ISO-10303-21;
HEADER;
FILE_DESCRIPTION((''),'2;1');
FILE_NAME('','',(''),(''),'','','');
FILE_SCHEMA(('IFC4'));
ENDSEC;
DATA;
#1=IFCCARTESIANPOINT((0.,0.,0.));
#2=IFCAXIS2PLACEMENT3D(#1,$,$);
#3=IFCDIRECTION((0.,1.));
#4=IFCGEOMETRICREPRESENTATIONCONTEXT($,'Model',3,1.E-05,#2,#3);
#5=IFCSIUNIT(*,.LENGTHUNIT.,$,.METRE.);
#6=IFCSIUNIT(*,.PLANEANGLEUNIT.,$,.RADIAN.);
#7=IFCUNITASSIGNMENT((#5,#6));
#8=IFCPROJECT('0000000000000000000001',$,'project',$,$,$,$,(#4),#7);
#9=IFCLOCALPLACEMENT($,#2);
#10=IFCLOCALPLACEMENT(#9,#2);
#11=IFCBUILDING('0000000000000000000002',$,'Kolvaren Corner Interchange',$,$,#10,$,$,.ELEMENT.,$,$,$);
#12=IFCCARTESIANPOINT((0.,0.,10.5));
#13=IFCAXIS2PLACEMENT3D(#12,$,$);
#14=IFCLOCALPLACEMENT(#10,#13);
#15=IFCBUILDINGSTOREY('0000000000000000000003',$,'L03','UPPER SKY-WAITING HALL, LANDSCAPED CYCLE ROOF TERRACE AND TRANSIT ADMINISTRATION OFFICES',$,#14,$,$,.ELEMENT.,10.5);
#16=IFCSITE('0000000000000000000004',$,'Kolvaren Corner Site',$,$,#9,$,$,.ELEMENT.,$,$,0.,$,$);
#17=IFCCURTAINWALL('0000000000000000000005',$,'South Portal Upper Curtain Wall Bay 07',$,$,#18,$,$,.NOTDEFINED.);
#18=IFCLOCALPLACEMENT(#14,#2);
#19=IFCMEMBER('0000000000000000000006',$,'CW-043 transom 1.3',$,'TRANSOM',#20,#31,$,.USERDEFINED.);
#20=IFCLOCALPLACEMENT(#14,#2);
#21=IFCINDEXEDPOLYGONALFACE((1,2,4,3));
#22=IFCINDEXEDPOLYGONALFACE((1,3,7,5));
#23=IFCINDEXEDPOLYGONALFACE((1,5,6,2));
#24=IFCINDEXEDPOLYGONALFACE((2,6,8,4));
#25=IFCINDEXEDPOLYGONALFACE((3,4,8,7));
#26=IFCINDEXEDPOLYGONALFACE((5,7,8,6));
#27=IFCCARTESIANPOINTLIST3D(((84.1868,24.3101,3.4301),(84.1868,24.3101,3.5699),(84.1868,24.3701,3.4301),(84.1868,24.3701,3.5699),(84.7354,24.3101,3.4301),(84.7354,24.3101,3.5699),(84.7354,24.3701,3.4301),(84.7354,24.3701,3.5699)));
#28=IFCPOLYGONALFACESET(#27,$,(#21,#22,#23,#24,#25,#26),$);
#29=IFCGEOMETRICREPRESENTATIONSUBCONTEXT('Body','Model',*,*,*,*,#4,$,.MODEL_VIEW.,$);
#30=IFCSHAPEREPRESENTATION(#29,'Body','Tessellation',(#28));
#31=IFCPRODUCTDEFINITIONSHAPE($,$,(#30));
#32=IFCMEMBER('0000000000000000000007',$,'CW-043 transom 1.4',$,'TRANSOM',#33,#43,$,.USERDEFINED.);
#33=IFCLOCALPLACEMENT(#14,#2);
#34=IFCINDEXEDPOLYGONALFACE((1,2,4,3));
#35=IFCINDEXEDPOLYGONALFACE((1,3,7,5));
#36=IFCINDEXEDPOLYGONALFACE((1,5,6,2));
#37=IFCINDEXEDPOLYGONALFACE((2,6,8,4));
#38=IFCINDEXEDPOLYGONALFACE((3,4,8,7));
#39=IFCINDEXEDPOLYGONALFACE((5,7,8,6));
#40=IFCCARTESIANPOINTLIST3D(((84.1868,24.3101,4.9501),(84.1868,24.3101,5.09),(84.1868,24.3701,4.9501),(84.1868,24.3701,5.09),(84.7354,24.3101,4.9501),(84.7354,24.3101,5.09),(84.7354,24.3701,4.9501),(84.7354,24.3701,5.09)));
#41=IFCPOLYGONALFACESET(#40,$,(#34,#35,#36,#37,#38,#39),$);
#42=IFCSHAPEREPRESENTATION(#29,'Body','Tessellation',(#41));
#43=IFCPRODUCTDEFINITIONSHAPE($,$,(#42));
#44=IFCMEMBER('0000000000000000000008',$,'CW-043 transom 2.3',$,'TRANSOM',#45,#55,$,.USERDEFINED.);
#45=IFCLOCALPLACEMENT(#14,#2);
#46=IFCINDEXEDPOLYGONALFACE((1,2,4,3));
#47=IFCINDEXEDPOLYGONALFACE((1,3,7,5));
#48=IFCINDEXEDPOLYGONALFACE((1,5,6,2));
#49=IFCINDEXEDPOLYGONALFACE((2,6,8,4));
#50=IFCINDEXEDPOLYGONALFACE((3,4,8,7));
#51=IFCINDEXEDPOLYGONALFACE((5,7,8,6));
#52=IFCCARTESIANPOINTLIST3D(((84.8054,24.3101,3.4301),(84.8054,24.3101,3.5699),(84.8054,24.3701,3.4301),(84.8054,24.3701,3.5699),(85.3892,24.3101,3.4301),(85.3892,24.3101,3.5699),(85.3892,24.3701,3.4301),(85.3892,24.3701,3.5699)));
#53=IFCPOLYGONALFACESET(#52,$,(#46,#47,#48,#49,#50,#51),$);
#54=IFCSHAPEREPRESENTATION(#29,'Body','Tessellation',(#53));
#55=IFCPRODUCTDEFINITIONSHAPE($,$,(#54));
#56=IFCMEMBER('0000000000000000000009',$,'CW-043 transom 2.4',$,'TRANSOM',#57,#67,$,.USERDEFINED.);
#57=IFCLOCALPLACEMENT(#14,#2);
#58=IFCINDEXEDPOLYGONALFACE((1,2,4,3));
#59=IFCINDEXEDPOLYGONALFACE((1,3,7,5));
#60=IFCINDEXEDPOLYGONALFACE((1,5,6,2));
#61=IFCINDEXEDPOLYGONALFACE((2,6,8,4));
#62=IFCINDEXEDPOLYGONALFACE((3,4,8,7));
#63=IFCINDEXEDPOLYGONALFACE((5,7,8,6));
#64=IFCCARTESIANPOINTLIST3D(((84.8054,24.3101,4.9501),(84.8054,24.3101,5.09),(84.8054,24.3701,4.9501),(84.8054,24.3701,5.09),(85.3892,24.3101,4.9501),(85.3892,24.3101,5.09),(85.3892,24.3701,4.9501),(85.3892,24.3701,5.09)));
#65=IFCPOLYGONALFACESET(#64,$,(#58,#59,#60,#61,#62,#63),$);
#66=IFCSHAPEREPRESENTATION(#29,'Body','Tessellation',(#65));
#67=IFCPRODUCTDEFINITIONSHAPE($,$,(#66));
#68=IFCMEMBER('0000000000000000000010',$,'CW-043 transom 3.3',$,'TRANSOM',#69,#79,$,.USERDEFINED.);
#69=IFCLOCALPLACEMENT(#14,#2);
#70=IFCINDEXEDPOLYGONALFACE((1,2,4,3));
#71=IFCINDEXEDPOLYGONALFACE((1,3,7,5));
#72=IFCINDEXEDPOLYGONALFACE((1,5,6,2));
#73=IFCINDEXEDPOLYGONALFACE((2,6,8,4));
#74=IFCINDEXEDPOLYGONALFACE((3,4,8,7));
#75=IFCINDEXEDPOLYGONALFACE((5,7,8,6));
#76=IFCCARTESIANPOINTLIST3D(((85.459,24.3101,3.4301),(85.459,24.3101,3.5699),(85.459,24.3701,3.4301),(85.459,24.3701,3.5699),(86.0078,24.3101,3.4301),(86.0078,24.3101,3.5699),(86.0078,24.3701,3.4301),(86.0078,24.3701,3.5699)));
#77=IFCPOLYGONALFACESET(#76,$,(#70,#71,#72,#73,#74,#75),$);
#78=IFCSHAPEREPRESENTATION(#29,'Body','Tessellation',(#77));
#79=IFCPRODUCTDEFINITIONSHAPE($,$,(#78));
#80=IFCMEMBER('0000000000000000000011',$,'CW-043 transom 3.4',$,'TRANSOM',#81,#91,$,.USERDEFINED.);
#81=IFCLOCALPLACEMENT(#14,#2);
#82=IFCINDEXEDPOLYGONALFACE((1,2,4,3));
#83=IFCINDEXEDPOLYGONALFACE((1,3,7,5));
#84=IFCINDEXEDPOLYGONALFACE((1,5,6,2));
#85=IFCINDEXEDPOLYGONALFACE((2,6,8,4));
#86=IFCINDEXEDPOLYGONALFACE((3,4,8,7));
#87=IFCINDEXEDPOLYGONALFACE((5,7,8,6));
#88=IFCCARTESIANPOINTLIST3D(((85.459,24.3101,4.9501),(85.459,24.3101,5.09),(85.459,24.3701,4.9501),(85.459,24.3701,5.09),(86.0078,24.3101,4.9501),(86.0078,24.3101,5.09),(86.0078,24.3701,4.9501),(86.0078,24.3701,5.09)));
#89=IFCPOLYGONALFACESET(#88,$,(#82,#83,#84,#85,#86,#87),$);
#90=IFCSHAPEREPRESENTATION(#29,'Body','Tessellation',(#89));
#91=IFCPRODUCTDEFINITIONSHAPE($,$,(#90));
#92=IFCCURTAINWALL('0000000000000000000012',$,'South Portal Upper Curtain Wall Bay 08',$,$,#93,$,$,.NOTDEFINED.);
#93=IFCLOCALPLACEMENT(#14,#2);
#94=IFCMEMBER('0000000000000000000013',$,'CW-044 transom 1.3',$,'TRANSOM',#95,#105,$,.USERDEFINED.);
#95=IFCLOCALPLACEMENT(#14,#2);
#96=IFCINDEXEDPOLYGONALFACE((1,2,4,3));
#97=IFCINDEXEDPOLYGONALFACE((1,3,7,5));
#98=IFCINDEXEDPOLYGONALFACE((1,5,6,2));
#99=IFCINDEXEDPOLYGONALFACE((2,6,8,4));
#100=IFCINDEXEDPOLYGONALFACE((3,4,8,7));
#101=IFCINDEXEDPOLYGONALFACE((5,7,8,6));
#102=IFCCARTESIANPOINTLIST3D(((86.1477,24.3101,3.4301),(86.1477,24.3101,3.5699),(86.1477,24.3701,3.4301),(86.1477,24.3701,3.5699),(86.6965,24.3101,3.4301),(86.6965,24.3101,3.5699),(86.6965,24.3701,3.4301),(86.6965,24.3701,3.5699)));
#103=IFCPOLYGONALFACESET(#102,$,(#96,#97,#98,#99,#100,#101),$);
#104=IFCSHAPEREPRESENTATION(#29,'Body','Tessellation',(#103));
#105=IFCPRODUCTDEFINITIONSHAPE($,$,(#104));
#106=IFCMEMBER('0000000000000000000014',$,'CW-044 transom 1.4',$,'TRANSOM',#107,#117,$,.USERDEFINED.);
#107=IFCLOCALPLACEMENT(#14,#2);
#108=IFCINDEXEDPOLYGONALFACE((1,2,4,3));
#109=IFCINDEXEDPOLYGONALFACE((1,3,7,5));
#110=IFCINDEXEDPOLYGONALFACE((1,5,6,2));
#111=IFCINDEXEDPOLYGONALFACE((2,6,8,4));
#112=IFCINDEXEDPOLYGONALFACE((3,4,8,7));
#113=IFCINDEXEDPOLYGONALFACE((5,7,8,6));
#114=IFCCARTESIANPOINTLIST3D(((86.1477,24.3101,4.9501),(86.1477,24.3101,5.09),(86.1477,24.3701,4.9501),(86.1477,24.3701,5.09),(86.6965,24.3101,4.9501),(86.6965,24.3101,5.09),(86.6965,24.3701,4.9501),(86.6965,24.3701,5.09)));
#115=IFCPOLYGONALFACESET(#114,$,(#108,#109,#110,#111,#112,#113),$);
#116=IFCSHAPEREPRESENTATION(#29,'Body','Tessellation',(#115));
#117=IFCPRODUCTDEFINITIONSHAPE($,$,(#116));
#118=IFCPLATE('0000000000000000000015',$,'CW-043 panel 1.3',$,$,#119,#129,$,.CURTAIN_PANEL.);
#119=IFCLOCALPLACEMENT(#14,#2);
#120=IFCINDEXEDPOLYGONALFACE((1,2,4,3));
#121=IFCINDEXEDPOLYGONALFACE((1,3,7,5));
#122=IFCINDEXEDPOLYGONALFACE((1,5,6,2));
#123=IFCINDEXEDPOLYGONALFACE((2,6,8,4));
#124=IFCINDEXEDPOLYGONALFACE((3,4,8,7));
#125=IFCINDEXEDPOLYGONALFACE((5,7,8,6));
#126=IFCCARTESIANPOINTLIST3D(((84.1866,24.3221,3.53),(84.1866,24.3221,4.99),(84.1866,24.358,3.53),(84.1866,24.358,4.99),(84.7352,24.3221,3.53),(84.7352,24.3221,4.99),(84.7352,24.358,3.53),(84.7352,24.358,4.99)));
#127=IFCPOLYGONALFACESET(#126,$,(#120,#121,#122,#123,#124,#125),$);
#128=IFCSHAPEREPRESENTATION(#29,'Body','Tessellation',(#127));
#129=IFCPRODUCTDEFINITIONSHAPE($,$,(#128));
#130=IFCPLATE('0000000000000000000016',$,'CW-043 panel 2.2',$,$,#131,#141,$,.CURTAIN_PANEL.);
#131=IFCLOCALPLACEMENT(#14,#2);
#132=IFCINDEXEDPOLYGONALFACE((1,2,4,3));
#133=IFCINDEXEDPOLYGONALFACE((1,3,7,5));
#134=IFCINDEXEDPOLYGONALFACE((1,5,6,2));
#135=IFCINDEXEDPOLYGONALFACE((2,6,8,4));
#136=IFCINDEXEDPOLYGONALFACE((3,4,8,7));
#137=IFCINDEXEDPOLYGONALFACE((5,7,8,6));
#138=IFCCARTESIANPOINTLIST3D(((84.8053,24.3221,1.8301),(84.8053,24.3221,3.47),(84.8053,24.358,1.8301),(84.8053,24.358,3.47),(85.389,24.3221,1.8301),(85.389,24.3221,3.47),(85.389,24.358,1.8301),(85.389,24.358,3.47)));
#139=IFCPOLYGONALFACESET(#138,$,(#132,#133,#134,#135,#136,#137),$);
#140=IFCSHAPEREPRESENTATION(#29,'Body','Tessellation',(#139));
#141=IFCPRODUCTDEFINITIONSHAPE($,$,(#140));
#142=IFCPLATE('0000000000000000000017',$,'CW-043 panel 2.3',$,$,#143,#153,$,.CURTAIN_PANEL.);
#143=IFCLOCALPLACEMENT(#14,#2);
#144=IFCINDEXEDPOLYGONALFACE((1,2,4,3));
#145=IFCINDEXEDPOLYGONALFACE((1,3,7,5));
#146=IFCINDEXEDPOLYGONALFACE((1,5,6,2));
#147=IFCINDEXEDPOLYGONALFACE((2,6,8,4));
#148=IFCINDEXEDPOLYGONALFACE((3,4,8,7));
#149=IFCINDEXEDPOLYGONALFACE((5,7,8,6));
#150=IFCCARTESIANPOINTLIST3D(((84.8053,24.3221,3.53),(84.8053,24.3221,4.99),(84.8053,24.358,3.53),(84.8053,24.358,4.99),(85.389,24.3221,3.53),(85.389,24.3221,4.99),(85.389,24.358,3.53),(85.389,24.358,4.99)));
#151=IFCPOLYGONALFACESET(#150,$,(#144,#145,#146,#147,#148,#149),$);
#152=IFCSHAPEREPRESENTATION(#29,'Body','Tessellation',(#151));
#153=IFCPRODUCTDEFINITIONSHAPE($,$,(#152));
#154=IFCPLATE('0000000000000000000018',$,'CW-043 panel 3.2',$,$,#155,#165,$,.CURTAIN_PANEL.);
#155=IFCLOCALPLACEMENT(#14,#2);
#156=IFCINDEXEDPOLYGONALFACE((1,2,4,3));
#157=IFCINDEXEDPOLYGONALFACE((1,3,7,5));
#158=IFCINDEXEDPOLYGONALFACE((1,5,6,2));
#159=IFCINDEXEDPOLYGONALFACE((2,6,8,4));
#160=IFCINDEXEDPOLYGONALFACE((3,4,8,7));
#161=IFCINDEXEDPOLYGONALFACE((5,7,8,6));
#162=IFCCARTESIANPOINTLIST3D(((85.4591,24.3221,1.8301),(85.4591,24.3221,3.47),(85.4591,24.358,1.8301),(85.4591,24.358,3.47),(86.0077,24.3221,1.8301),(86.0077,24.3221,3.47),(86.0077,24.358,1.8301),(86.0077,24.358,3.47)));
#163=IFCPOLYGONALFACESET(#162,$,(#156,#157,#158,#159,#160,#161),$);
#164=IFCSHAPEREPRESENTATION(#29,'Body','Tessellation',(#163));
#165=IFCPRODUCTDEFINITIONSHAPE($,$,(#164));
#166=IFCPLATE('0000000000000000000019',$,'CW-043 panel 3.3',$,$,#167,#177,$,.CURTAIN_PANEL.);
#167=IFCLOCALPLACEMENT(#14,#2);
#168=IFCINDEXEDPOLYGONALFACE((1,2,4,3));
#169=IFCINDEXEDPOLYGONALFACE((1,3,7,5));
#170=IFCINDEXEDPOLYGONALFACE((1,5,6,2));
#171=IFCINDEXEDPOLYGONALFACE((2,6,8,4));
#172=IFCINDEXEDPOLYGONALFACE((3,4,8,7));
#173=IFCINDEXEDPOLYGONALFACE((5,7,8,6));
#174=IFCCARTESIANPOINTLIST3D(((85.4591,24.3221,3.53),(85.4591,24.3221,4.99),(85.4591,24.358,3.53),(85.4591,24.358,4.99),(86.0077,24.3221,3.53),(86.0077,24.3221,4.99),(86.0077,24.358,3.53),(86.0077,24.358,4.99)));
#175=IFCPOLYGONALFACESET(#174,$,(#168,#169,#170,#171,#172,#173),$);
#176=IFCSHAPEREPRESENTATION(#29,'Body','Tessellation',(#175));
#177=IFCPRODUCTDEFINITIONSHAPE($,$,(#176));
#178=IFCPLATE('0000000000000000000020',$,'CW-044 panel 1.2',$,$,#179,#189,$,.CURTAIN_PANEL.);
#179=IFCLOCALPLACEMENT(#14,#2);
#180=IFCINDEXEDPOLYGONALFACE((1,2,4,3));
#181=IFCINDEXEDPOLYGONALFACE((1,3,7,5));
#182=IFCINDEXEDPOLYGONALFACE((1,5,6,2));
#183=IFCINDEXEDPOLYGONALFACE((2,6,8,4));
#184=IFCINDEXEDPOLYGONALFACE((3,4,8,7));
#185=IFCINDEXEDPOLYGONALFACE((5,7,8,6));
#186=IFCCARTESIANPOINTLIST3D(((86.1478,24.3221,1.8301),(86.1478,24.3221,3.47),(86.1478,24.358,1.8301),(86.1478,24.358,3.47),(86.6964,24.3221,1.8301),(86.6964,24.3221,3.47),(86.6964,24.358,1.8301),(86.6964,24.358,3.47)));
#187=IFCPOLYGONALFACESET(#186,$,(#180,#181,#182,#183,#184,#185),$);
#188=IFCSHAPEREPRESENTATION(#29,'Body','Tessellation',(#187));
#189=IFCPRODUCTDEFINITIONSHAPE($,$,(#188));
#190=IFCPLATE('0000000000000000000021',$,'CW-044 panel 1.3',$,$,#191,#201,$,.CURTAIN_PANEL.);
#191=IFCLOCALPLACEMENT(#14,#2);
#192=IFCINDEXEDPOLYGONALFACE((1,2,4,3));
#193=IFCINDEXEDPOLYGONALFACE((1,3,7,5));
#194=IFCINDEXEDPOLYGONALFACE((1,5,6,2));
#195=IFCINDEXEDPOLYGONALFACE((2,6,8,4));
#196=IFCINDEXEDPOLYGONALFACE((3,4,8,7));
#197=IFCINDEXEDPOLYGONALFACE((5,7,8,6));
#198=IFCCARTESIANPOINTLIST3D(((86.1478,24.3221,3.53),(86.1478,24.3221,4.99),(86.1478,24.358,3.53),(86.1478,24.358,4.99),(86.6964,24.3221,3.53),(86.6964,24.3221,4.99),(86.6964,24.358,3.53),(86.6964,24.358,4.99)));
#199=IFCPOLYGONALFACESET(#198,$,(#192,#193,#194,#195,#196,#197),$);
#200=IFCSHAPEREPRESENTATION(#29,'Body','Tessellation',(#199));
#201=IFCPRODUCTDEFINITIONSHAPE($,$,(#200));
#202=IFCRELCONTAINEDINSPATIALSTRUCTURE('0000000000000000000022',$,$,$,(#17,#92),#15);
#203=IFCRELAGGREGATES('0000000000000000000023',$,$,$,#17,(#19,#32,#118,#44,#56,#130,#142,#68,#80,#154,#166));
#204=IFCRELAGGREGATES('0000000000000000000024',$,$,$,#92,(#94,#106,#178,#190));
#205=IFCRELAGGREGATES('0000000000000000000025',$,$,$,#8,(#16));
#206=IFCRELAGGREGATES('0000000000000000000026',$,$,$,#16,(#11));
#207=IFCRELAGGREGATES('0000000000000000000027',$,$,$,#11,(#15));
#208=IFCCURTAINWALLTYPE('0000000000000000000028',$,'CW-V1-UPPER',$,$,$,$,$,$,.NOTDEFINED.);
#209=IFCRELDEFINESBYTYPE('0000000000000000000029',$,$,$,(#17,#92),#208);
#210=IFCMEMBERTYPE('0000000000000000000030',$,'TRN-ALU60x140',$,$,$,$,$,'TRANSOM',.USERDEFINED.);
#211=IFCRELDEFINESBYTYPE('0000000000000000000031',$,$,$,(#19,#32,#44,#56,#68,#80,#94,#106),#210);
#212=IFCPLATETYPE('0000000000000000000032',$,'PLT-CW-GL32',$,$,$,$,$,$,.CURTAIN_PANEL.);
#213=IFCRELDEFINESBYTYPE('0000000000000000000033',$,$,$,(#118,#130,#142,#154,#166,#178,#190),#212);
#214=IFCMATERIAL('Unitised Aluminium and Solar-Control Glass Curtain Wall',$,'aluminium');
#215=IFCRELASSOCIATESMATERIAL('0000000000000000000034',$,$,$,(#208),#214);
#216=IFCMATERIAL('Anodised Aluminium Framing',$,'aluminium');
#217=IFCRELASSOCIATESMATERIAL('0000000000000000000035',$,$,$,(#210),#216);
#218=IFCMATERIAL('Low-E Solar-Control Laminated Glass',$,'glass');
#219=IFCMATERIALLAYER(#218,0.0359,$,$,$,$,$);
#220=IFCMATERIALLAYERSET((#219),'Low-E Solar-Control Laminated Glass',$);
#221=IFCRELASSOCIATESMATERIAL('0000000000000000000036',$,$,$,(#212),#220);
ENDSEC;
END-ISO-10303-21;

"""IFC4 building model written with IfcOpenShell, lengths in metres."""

from ifc_helpers import new_model, si_unit, direction, frame, origin, origin_2d, place, context, subcontext, project, spatial, rectangle, extrude, material, layer, layer_set, material_profile, profile_set, type_object, element, aggregate, save


model = new_model("IFC4")

# Units and contexts
model_context = context("Model", 3, precision=1e-05, world=origin(), true_north=direction((0.0, 1.0)))
body_context = subcontext(model_context, "Body", "Model", "MODEL_VIEW")
ifc_project = project(units=[si_unit("LENGTHUNIT", "METRE"), si_unit("PLANEANGLEUNIT", "RADIAN")], contexts=[model_context])

# Site, building, storey
site_placement = place(None, origin())
site = spatial("IfcSite", under=ifc_project, at=site_placement, Name="Kolvaren Corner Site", CompositionType="ELEMENT", RefElevation=0.0)
building_placement = place(site_placement, origin())
building = spatial("IfcBuilding", under=site, at=building_placement, Name="Kolvaren Corner Interchange", CompositionType="ELEMENT")
storey_placement = place(building_placement, frame((0.0, 0.0, 10.5)))
storey = spatial("IfcBuildingStorey", under=building, at=storey_placement, Name="L03", Description="UPPER SKY-WAITING HALL, LANDSCAPED CYCLE ROOF TERRACE AND TRANSIT ADMINISTRATION OFFICES", CompositionType="ELEMENT", Elevation=10.5)

# Curtain walls, members
ifc_material_1 = material(Name="Unitised Aluminium and Solar-Control Glass Curtain Wall", Category="aluminium")
curtain_wall_type = type_object("IfcCurtainWallType", Name="CW-V1-UPPER", PredefinedType="NOTDEFINED", material=ifc_material_1)
curtain_wall_1_placement = place(storey_placement, origin())
curtain_wall_1 = element("IfcCurtainWall", 1, at=curtain_wall_1_placement, inside=storey, type_object=curtain_wall_type, Name="South Portal Upper Curtain Wall Bay 07", PredefinedType="NOTDEFINED")
ifc_material_2 = material(Name="Anodised Aluminium Framing", Category="aluminium")
ifc_material_profile_1 = material_profile(ifc_material_2, rectangle(XDim=0.0601, YDim=0.1399, at=origin_2d()), Name="ALU 60x140")
ifc_profile_set_1 = profile_set([ifc_material_profile_1], Name="Anodised Aluminium Framing")
member_type_1 = type_object("IfcMemberType", Name="TRN-ALU60x140", ElementType="TRANSOM", PredefinedType="USERDEFINED", material=ifc_profile_set_1)
member_1_placement = place(storey_placement, frame((84.1868, 24.3401, 3.5), z_axis=(1.0, 0.0, 0.0), x_axis=(0.0, 1.0, 0.0)))
member_1 = element("IfcMember", 2, at=member_1_placement, type_object=member_type_1, Name="CW-043 transom 1.3", ObjectType="TRANSOM", PredefinedType="USERDEFINED", context=body_context, shape_type="SweptSolid", body=[
    extrude(rectangle(XDim=0.0601, YDim=0.1399, at=origin_2d()), origin(), (0.0, 0.0, 1.0), 0.5486),
])
member_2_placement = place(storey_placement, frame((84.1868, 24.3401, 5.02), z_axis=(1.0, 0.0, 0.0), x_axis=(0.0, 1.0, 0.0)))
member_2 = element("IfcMember", 3, at=member_2_placement, type_object=member_type_1, Name="CW-043 transom 1.4", ObjectType="TRANSOM", PredefinedType="USERDEFINED", context=body_context, shape_type="SweptSolid", body=[
    extrude(rectangle(XDim=0.0601, YDim=0.1399, at=origin_2d()), origin(), (0.0, 0.0, 1.0), 0.5486),
])
member_3_placement = place(storey_placement, frame((84.8054, 24.3401, 3.5), z_axis=(1.0, 0.0, 0.0), x_axis=(0.0, 1.0, 0.0)))
member_3 = element("IfcMember", 4, at=member_3_placement, type_object=member_type_1, Name="CW-043 transom 2.3", ObjectType="TRANSOM", PredefinedType="USERDEFINED", context=body_context, shape_type="SweptSolid", body=[
    extrude(rectangle(XDim=0.0601, YDim=0.1399, at=origin_2d()), origin(), (0.0, 0.0, 1.0), 0.5837),
])
member_4_placement = place(storey_placement, frame((84.8054, 24.3401, 5.02), z_axis=(1.0, 0.0, 0.0), x_axis=(0.0, 1.0, 0.0)))
member_4 = element("IfcMember", 5, at=member_4_placement, type_object=member_type_1, Name="CW-043 transom 2.4", ObjectType="TRANSOM", PredefinedType="USERDEFINED", context=body_context, shape_type="SweptSolid", body=[
    extrude(rectangle(XDim=0.0601, YDim=0.1399, at=origin_2d()), origin(), (0.0, 0.0, 1.0), 0.5837),
])
member_5_placement = place(storey_placement, frame((85.459, 24.3401, 3.5), z_axis=(1.0, 0.0, 0.0), x_axis=(0.0, 1.0, 0.0)))
member_5 = element("IfcMember", 6, at=member_5_placement, type_object=member_type_1, Name="CW-043 transom 3.3", ObjectType="TRANSOM", PredefinedType="USERDEFINED", context=body_context, shape_type="SweptSolid", body=[
    extrude(rectangle(XDim=0.0601, YDim=0.1399, at=origin_2d()), origin(), (0.0, 0.0, 1.0), 0.5488),
])
member_6_placement = place(storey_placement, frame((85.459, 24.3401, 5.02), z_axis=(1.0, 0.0, 0.0), x_axis=(0.0, 1.0, 0.0)))
member_6 = element("IfcMember", 7, at=member_6_placement, type_object=member_type_1, Name="CW-043 transom 3.4", ObjectType="TRANSOM", PredefinedType="USERDEFINED", context=body_context, shape_type="SweptSolid", body=[
    extrude(rectangle(XDim=0.0601, YDim=0.1399, at=origin_2d()), origin(), (0.0, 0.0, 1.0), 0.5488),
])
curtain_wall_2_placement = place(storey_placement, origin())
curtain_wall_2 = element("IfcCurtainWall", 8, at=curtain_wall_2_placement, inside=storey, type_object=curtain_wall_type, Name="South Portal Upper Curtain Wall Bay 08", PredefinedType="NOTDEFINED")
member_7_placement = place(storey_placement, frame((86.1477, 24.3401, 3.5), z_axis=(1.0, 0.0, 0.0), x_axis=(0.0, 1.0, 0.0)))
member_7 = element("IfcMember", 9, at=member_7_placement, type_object=member_type_1, Name="CW-044 transom 1.3", ObjectType="TRANSOM", PredefinedType="USERDEFINED", context=body_context, shape_type="SweptSolid", body=[
    extrude(rectangle(XDim=0.0601, YDim=0.1399, at=origin_2d()), origin(), (0.0, 0.0, 1.0), 0.5488),
])
member_8_placement = place(storey_placement, frame((86.1477, 24.3401, 5.02), z_axis=(1.0, 0.0, 0.0), x_axis=(0.0, 1.0, 0.0)))
member_8 = element("IfcMember", 10, at=member_8_placement, type_object=member_type_1, Name="CW-044 transom 1.4", ObjectType="TRANSOM", PredefinedType="USERDEFINED", context=body_context, shape_type="SweptSolid", body=[
    extrude(rectangle(XDim=0.0601, YDim=0.1399, at=origin_2d()), origin(), (0.0, 0.0, 1.0), 0.5488),
])

# Plates
ifc_material_3 = material(Name="Low-E Solar-Control Laminated Glass", Category="glass")
ifc_layer = layer(ifc_material_3, 0.0359)
ifc_layer_set = layer_set([ifc_layer], Name="Low-E Solar-Control Laminated Glass")
plate_type = type_object("IfcPlateType", Name="PLT-CW-GL32", PredefinedType="CURTAIN_PANEL", material=ifc_layer_set)
plate_1_placement = place(storey_placement, frame((84.4609, 24.3401, 3.53), z_axis=(0.0, 0.0, 1.0), x_axis=(1.0, 0.0, 0.0)))
plate_1 = element("IfcPlate", 11, at=plate_1_placement, type_object=plate_type, Name="CW-043 panel 1.3", PredefinedType="CURTAIN_PANEL", context=body_context, shape_type="SweptSolid", body=[
    extrude(rectangle(XDim=0.5486, YDim=0.0359, at=origin_2d()), origin(), (0.0, 0.0, 1.0), 1.46),
])
plate_2_placement = place(storey_placement, frame((85.0972, 24.3401, 1.8301), z_axis=(0.0, 0.0, 1.0), x_axis=(1.0, 0.0, 0.0)))
plate_2 = element("IfcPlate", 12, at=plate_2_placement, type_object=plate_type, Name="CW-043 panel 2.2", PredefinedType="CURTAIN_PANEL", context=body_context, shape_type="SweptSolid", body=[
    extrude(rectangle(XDim=0.5837, YDim=0.0359, at=origin_2d()), origin(), (0.0, 0.0, 1.0), 1.6399),
])
plate_3_placement = place(storey_placement, frame((85.0972, 24.3401, 3.53), z_axis=(0.0, 0.0, 1.0), x_axis=(1.0, 0.0, 0.0)))
plate_3 = element("IfcPlate", 13, at=plate_3_placement, type_object=plate_type, Name="CW-043 panel 2.3", PredefinedType="CURTAIN_PANEL", context=body_context, shape_type="SweptSolid", body=[
    extrude(rectangle(XDim=0.5837, YDim=0.0359, at=origin_2d()), origin(), (0.0, 0.0, 1.0), 1.46),
])
plate_4_placement = place(storey_placement, frame((85.7334, 24.3401, 1.8301), z_axis=(0.0, 0.0, 1.0), x_axis=(1.0, 0.0, 0.0)))
plate_4 = element("IfcPlate", 14, at=plate_4_placement, type_object=plate_type, Name="CW-043 panel 3.2", PredefinedType="CURTAIN_PANEL", context=body_context, shape_type="SweptSolid", body=[
    extrude(rectangle(XDim=0.5486, YDim=0.0359, at=origin_2d()), origin(), (0.0, 0.0, 1.0), 1.6399),
])
plate_5_placement = place(storey_placement, frame((85.7334, 24.3401, 3.53), z_axis=(0.0, 0.0, 1.0), x_axis=(1.0, 0.0, 0.0)))
plate_5 = element("IfcPlate", 15, at=plate_5_placement, type_object=plate_type, Name="CW-043 panel 3.3", PredefinedType="CURTAIN_PANEL", context=body_context, shape_type="SweptSolid", body=[
    extrude(rectangle(XDim=0.5486, YDim=0.0359, at=origin_2d()), origin(), (0.0, 0.0, 1.0), 1.46),
])
aggregate(curtain_wall_1, [member_1, member_2, plate_1, member_3, member_4, plate_2, plate_3, member_5, member_6, plate_4, plate_5])
plate_6_placement = place(storey_placement, frame((86.4221, 24.3401, 1.8301), z_axis=(0.0, 0.0, 1.0), x_axis=(1.0, 0.0, 0.0)))
plate_6 = element("IfcPlate", 16, at=plate_6_placement, type_object=plate_type, Name="CW-044 panel 1.2", PredefinedType="CURTAIN_PANEL", context=body_context, shape_type="SweptSolid", body=[
    extrude(rectangle(XDim=0.5486, YDim=0.0359, at=origin_2d()), origin(), (0.0, 0.0, 1.0), 1.6399),
])
plate_7_placement = place(storey_placement, frame((86.4221, 24.3401, 3.53), z_axis=(0.0, 0.0, 1.0), x_axis=(1.0, 0.0, 0.0)))
plate_7 = element("IfcPlate", 17, at=plate_7_placement, type_object=plate_type, Name="CW-044 panel 1.3", PredefinedType="CURTAIN_PANEL", context=body_context, shape_type="SweptSolid", body=[
    extrude(rectangle(XDim=0.5486, YDim=0.0359, at=origin_2d()), origin(), (0.0, 0.0, 1.0), 1.46),
])
aggregate(curtain_wall_2, [member_7, member_8, plate_6, plate_7])

save(model, "model.ifc")
